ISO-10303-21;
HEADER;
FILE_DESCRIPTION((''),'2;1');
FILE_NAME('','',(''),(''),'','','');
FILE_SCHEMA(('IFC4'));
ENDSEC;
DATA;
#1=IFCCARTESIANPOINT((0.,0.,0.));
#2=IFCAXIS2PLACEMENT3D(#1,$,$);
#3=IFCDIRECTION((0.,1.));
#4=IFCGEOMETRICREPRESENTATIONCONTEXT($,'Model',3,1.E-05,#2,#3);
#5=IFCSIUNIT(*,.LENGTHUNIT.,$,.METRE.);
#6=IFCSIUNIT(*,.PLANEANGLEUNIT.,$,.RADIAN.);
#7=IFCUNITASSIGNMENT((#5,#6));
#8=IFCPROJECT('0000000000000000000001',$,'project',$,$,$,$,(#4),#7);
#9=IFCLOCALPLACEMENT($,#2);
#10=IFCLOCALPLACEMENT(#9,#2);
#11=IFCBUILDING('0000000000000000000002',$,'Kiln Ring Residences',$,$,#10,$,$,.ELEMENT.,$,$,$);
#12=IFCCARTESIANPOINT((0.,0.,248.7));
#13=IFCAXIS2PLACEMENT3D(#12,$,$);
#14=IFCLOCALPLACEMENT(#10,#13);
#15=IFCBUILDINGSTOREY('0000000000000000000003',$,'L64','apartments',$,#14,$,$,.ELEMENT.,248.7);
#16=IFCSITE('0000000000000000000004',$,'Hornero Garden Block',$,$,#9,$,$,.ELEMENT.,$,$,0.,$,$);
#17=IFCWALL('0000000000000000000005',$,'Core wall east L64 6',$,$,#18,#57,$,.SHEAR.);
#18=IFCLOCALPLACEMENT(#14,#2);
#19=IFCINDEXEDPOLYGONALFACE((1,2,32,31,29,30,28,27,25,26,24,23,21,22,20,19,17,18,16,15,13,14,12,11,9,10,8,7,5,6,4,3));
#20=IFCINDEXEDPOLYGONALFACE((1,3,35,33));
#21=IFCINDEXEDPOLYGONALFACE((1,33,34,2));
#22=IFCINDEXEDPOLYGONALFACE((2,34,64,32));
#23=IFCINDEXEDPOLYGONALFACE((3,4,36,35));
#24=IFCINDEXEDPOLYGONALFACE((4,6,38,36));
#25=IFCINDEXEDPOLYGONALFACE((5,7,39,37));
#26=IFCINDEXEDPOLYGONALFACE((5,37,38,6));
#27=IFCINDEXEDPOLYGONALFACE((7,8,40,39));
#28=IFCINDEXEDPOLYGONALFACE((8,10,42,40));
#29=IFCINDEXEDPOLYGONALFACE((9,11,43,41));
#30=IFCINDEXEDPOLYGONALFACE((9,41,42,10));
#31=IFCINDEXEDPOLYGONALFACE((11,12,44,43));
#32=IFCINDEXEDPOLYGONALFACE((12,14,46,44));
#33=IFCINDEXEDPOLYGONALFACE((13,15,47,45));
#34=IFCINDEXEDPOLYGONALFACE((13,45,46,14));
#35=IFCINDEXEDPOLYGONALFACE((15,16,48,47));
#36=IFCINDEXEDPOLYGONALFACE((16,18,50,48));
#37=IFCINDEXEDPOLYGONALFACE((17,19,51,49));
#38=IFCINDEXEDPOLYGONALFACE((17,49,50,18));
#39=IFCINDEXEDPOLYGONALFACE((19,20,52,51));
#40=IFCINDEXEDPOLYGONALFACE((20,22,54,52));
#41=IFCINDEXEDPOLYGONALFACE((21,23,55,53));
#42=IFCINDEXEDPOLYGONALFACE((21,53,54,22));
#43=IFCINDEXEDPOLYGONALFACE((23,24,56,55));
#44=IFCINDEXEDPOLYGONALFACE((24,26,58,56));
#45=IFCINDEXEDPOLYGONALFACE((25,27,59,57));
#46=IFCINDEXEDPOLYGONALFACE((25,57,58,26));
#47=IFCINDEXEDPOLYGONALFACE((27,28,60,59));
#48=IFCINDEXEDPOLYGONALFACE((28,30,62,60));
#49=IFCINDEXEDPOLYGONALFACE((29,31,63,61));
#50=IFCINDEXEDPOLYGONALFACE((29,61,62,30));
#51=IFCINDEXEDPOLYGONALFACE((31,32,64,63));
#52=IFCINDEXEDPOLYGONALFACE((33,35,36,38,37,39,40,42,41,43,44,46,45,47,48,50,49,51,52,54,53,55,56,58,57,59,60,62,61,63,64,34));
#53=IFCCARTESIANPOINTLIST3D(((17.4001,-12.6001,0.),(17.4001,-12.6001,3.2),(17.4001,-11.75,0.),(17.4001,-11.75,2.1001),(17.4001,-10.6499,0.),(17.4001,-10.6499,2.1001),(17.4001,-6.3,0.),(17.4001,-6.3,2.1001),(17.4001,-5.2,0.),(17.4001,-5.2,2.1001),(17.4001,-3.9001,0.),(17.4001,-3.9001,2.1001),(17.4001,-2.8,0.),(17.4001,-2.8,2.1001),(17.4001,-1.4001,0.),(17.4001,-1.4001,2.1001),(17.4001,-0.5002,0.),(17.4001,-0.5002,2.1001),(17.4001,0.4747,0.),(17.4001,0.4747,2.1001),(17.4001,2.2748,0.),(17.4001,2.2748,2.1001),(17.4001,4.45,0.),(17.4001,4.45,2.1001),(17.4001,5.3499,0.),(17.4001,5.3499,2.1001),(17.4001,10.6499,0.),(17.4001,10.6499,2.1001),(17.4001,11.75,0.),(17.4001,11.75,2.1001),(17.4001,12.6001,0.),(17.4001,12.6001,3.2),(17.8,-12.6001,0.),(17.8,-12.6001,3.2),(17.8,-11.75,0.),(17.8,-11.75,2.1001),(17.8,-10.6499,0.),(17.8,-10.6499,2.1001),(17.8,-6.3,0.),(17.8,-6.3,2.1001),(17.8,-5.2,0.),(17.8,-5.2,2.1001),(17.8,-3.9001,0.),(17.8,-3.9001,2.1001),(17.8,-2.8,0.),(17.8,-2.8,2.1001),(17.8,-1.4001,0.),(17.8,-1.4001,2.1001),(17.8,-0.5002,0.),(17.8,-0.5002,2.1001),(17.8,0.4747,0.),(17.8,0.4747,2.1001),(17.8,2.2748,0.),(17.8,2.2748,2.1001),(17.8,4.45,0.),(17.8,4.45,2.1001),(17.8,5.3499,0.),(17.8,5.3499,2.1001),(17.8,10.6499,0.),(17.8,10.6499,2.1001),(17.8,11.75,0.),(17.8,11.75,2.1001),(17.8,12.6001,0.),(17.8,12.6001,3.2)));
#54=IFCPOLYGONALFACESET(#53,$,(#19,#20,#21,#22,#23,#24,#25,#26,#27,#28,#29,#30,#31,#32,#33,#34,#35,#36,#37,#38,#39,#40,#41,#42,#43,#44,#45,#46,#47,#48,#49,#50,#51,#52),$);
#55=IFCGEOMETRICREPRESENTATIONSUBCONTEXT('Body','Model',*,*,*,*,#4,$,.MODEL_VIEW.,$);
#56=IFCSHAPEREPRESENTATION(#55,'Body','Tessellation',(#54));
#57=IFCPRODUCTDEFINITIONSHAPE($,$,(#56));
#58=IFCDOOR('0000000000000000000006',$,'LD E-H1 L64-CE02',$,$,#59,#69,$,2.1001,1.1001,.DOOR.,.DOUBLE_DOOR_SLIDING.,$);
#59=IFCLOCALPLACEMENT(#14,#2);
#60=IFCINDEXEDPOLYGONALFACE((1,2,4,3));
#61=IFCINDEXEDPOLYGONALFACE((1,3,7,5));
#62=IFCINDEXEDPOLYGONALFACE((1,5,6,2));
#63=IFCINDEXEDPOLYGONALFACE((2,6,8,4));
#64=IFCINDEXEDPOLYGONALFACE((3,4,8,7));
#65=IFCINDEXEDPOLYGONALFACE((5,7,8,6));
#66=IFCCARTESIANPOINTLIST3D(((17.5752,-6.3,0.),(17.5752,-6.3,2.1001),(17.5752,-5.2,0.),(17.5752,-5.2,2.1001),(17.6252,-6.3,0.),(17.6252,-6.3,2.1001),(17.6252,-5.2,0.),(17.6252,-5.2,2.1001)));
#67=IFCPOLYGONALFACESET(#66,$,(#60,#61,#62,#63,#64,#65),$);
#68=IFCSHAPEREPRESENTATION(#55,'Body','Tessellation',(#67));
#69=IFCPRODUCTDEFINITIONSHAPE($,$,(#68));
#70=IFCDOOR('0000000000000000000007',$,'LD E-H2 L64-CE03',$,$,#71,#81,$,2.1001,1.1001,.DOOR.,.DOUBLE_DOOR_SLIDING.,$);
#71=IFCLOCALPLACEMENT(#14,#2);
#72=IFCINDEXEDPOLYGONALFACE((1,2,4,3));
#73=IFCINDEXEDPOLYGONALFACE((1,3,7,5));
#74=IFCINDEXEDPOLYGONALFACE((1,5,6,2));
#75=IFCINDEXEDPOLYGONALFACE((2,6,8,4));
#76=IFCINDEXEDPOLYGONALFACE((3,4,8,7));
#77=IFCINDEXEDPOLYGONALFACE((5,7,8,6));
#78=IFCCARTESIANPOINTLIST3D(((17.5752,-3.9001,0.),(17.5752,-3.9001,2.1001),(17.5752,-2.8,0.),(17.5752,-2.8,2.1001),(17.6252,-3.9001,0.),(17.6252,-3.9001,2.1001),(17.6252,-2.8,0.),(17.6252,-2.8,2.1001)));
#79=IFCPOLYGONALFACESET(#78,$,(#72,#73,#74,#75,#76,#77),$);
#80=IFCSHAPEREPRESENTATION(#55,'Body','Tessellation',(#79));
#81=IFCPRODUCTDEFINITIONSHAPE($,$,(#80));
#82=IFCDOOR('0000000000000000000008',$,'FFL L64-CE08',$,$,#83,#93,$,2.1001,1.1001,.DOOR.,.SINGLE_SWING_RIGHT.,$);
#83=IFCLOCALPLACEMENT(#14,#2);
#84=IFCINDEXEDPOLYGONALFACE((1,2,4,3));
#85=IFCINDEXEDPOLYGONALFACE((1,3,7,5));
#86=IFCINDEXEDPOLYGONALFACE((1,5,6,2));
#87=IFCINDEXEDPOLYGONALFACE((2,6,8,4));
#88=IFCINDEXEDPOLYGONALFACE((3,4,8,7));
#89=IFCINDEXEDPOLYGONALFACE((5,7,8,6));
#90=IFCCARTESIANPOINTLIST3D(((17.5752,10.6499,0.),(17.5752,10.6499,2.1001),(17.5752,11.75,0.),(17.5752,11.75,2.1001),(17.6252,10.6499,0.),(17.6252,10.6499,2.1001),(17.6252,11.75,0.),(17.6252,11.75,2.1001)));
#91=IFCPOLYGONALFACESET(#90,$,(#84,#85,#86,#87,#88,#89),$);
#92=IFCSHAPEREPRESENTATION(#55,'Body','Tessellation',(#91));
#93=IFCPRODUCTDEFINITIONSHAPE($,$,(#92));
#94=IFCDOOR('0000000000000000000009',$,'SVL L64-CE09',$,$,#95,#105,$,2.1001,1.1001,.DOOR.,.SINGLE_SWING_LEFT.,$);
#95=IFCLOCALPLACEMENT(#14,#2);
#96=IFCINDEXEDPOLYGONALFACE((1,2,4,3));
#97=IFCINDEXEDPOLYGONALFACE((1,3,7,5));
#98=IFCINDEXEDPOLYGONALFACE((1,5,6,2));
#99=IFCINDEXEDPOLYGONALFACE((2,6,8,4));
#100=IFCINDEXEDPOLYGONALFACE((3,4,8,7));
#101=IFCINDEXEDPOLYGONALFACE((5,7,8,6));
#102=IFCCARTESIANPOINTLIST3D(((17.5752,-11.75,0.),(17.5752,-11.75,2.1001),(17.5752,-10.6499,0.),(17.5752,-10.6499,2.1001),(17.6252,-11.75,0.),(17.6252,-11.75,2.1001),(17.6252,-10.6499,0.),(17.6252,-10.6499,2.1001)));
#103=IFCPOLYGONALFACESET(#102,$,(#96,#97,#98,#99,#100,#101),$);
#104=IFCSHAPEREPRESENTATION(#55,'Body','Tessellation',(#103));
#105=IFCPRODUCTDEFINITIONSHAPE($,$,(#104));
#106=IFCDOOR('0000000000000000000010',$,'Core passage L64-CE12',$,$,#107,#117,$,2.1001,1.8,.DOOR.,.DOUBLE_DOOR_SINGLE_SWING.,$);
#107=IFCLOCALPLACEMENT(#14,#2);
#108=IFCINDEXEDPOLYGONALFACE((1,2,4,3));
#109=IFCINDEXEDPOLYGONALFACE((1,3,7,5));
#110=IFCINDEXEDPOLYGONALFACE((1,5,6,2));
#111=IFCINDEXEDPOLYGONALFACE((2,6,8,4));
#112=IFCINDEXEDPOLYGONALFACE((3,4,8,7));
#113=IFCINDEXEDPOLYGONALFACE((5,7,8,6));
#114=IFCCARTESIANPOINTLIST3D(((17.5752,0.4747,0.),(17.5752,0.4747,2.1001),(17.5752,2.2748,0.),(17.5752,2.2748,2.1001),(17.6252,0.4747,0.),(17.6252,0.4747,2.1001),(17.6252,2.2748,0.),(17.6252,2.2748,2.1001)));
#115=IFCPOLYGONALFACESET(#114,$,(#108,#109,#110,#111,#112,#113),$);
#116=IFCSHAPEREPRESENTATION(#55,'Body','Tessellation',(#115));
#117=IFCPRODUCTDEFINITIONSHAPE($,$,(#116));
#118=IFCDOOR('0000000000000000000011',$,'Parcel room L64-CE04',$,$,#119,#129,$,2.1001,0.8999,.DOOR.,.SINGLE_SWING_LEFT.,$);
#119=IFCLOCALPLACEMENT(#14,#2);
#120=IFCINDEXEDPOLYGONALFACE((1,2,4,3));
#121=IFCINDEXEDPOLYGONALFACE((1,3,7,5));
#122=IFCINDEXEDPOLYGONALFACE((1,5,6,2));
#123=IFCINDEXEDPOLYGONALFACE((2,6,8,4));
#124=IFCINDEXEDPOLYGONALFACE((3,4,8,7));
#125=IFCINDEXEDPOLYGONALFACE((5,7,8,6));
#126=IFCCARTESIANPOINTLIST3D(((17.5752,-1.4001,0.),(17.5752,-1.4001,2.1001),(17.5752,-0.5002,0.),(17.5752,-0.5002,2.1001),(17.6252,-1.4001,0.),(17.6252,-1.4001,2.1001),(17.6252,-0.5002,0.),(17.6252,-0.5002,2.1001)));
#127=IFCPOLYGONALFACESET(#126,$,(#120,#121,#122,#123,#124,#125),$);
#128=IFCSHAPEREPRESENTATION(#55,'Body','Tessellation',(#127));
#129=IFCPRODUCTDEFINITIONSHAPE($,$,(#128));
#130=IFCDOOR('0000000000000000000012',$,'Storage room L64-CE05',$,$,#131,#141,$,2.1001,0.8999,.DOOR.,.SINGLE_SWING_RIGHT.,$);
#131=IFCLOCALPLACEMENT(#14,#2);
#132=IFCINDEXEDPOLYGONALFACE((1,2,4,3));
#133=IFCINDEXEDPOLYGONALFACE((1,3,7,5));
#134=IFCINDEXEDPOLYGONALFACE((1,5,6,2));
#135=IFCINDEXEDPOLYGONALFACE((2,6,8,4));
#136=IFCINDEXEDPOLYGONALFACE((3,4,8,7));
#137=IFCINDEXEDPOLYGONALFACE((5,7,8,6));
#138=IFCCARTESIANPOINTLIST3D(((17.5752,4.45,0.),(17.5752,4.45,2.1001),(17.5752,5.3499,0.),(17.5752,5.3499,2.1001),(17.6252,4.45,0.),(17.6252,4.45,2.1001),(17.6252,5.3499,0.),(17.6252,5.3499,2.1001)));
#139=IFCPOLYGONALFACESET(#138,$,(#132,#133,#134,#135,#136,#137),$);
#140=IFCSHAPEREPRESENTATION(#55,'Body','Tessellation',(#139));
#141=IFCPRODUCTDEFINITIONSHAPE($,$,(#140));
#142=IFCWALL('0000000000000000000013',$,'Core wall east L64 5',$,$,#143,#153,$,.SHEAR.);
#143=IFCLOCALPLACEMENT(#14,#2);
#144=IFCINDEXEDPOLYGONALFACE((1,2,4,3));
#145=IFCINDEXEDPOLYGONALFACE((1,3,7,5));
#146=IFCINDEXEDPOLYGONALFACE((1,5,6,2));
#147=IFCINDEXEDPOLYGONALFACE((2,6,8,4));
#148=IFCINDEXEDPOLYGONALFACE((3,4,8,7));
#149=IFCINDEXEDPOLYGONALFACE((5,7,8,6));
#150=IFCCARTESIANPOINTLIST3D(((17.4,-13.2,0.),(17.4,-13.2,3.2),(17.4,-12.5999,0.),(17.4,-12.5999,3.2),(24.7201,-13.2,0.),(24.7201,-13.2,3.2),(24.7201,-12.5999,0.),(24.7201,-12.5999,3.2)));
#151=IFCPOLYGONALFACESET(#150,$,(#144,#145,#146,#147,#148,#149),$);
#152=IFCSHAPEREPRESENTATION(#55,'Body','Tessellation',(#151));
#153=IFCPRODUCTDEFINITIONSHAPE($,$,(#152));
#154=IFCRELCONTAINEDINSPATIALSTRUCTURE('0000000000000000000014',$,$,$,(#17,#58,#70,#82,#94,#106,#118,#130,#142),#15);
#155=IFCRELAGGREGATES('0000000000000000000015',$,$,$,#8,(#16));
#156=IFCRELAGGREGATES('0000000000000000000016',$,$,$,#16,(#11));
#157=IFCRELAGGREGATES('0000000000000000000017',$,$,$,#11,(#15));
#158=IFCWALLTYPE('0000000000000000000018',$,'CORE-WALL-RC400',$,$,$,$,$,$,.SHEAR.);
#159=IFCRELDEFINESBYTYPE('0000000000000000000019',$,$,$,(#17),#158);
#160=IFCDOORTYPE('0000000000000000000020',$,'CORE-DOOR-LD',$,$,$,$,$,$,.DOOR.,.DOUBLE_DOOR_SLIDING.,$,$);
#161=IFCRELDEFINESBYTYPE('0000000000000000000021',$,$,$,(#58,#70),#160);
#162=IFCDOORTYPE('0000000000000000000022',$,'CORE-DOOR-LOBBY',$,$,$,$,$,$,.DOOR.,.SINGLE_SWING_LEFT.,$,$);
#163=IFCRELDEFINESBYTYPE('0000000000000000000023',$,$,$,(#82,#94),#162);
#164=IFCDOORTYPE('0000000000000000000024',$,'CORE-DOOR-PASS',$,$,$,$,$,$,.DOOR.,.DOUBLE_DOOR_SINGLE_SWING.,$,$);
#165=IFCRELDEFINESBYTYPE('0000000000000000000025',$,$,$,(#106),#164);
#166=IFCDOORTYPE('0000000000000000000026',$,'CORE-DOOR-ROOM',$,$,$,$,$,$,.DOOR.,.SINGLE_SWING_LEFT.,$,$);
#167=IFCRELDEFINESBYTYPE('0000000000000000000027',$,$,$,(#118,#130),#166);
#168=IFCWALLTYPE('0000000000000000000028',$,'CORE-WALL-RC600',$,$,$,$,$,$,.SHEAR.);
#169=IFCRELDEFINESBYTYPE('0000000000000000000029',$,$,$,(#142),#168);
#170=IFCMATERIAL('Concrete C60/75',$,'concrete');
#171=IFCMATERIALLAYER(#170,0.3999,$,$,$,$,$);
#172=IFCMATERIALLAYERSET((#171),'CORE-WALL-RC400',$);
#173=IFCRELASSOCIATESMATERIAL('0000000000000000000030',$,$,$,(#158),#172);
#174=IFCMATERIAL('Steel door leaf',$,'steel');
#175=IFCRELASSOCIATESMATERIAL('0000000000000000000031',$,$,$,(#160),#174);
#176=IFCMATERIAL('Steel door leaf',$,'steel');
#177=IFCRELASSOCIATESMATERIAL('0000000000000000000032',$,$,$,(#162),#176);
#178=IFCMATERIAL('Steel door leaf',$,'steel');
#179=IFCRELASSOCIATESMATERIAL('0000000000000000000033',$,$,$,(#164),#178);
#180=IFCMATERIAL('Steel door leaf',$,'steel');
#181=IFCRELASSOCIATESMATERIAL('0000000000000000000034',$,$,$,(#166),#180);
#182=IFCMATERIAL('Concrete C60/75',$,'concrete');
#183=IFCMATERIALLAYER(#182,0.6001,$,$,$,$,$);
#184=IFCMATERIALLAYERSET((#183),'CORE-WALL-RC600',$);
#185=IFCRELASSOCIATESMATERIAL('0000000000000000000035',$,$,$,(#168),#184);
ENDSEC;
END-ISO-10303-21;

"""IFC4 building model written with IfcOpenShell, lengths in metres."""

from ifc_helpers import new_model, si_unit, direction, frame, frame_2d, origin, place, context, subcontext, project, spatial, rectangle, extrude, material, layer, layer_set, type_object, element, fill, save


model = new_model("IFC4")

# Units and contexts
model_context = context("Model", 3, precision=1e-05, world=origin(), true_north=direction((0.0, 1.0)))
body_context = subcontext(model_context, "Body", "Model", "MODEL_VIEW")
ifc_project = project(units=[si_unit("LENGTHUNIT", "METRE"), si_unit("PLANEANGLEUNIT", "RADIAN")], contexts=[model_context])

# Site, building, storey
site_placement = place(None, origin())
site = spatial("IfcSite", under=ifc_project, at=site_placement, Name="Hornero Garden Block", CompositionType="ELEMENT", RefElevation=0.0)
building_placement = place(site_placement, origin())
building = spatial("IfcBuilding", under=site, at=building_placement, Name="Kiln Ring Residences", CompositionType="ELEMENT")
storey_placement = place(building_placement, frame((0.0, 0.0, 248.7)))
storey = spatial("IfcBuildingStorey", under=building, at=storey_placement, Name="L64", Description="apartments", CompositionType="ELEMENT", Elevation=248.7)

# Wall, openings, doors
ifc_material_1 = material(Name="Concrete C60/75", Category="concrete")
ifc_layer_1 = layer(ifc_material_1, 0.3999)
ifc_layer_set_1 = layer_set([ifc_layer_1], Name="CORE-WALL-RC400")
wall_type_1 = type_object("IfcWallType", Name="CORE-WALL-RC400", PredefinedType="SHEAR", material=ifc_layer_set_1)
wall_1_placement = place(storey_placement, frame((17.6001, -12.6001, 0.0), z_axis=(0.0, 0.0, 1.0), x_axis=(0.0, 1.0, 0.0)))
wall_1 = element("IfcWall", 1, at=wall_1_placement, inside=storey, type_object=wall_type_1, Name="Core wall east L64 6", PredefinedType="SHEAR", context=body_context, shape_type="SweptSolid", body=[
    extrude(rectangle(XDim=25.2002, YDim=0.3999, at=frame_2d((12.6001, 0.0))), origin(), (0.0, 0.0, 1.0), 3.2),
])
opening_1_placement = place(wall_1_placement, frame((6.3, 0.0, 0.0)))
opening_1 = element("IfcOpeningElement", 2, at=opening_1_placement, cuts=wall_1, PredefinedType="OPENING", context=body_context, shape_type="SweptSolid", body=[
    extrude(rectangle(XDim=1.1001, YDim=2.1001, at=frame_2d((0.55, 1.05))), frame((0.0, 0.21, 0.0), z_axis=(0.0, -1.0, 0.0), x_axis=(1.0, 0.0, 0.0)), (0.0, 0.0, 1.0), 0.4199),
])
opening_2_placement = place(wall_1_placement, frame((8.7, 0.0, 0.0)))
opening_2 = element("IfcOpeningElement", 3, at=opening_2_placement, cuts=wall_1, PredefinedType="OPENING", context=body_context, shape_type="SweptSolid", body=[
    extrude(rectangle(XDim=1.1001, YDim=2.1001, at=frame_2d((0.55, 1.05))), frame((0.0, 0.21, 0.0), z_axis=(0.0, -1.0, 0.0), x_axis=(1.0, 0.0, 0.0)), (0.0, 0.0, 1.0), 0.4199),
])
opening_3_placement = place(wall_1_placement, frame((11.2, 0.0, 0.0)))
opening_3 = element("IfcOpeningElement", 4, at=opening_3_placement, cuts=wall_1, PredefinedType="OPENING", context=body_context, shape_type="SweptSolid", body=[
    extrude(rectangle(XDim=0.8999, YDim=2.1001, at=frame_2d((0.45, 1.05))), frame((0.0, 0.21, 0.0), z_axis=(0.0, -1.0, 0.0), x_axis=(1.0, 0.0, 0.0)), (0.0, 0.0, 1.0), 0.4199),
])
opening_4_placement = place(wall_1_placement, frame((17.05, 0.0, 0.0)))
opening_4 = element("IfcOpeningElement", 5, at=opening_4_placement, cuts=wall_1, PredefinedType="OPENING", context=body_context, shape_type="SweptSolid", body=[
    extrude(rectangle(XDim=0.8999, YDim=2.1001, at=frame_2d((0.45, 1.05))), frame((0.0, 0.21, 0.0), z_axis=(0.0, -1.0, 0.0), x_axis=(1.0, 0.0, 0.0)), (0.0, 0.0, 1.0), 0.4199),
])
opening_5_placement = place(wall_1_placement, frame((23.25, 0.0, 0.0)))
opening_5 = element("IfcOpeningElement", 6, at=opening_5_placement, cuts=wall_1, PredefinedType="OPENING", context=body_context, shape_type="SweptSolid", body=[
    extrude(rectangle(XDim=1.1001, YDim=2.1001, at=frame_2d((0.55, 1.05))), frame((0.0, 0.21, 0.0), z_axis=(0.0, -1.0, 0.0), x_axis=(1.0, 0.0, 0.0)), (0.0, 0.0, 1.0), 0.4199),
])
opening_6_placement = place(wall_1_placement, frame((0.8501, 0.0, 0.0)))
opening_6 = element("IfcOpeningElement", 7, at=opening_6_placement, cuts=wall_1, PredefinedType="OPENING", context=body_context, shape_type="SweptSolid", body=[
    extrude(rectangle(XDim=1.1001, YDim=2.1001, at=frame_2d((0.55, 1.05))), frame((0.0, 0.21, 0.0), z_axis=(0.0, -1.0, 0.0), x_axis=(1.0, 0.0, 0.0)), (0.0, 0.0, 1.0), 0.4199),
])
opening_7_placement = place(wall_1_placement, frame((13.075, 0.0, 0.0)))
opening_7 = element("IfcOpeningElement", 8, at=opening_7_placement, cuts=wall_1, PredefinedType="OPENING", context=body_context, shape_type="SweptSolid", body=[
    extrude(rectangle(XDim=1.8, YDim=2.1001, at=frame_2d((0.8999, 1.05))), frame((0.0, 0.21, 0.0), z_axis=(0.0, -1.0, 0.0), x_axis=(1.0, 0.0, 0.0)), (0.0, 0.0, 1.0), 0.4199),
])
ifc_material_2 = material(Name="Steel door leaf", Category="steel")
door_type_1 = type_object("IfcDoorType", Name="CORE-DOOR-LD", OperationType="DOUBLE_DOOR_SLIDING", PredefinedType="DOOR", material=ifc_material_2)
door_1_placement = place(opening_1_placement, origin())
door_1 = element("IfcDoor", 9, at=door_1_placement, inside=storey, type_object=door_type_1, Name="LD E-H1 L64-CE02", OperationType="DOUBLE_DOOR_SLIDING", OverallHeight=2.1001, OverallWidth=1.1001, PredefinedType="DOOR", context=body_context, shape_type="SweptSolid", body=[
    extrude(rectangle(XDim=1.1001, YDim=2.1001, at=frame_2d((0.55, 1.05))), frame((0.0, 0.0249, 0.0), z_axis=(0.0, -1.0, 0.0), x_axis=(1.0, 0.0, 0.0)), (0.0, 0.0, 1.0), 0.05),
])
fill(opening_1, door_1)
door_2_placement = place(opening_2_placement, origin())
door_2 = element("IfcDoor", 10, at=door_2_placement, inside=storey, type_object=door_type_1, Name="LD E-H2 L64-CE03", OperationType="DOUBLE_DOOR_SLIDING", OverallHeight=2.1001, OverallWidth=1.1001, PredefinedType="DOOR", context=body_context, shape_type="SweptSolid", body=[
    extrude(rectangle(XDim=1.1001, YDim=2.1001, at=frame_2d((0.55, 1.05))), frame((0.0, 0.0249, 0.0), z_axis=(0.0, -1.0, 0.0), x_axis=(1.0, 0.0, 0.0)), (0.0, 0.0, 1.0), 0.05),
])
fill(opening_2, door_2)
ifc_material_3 = material(Name="Steel door leaf", Category="steel")
door_type_2 = type_object("IfcDoorType", Name="CORE-DOOR-LOBBY", OperationType="SINGLE_SWING_LEFT", PredefinedType="DOOR", material=ifc_material_3)
door_3_placement = place(opening_5_placement, origin())
door_3 = element("IfcDoor", 11, at=door_3_placement, inside=storey, type_object=door_type_2, Name="FFL L64-CE08", OperationType="SINGLE_SWING_RIGHT", OverallHeight=2.1001, OverallWidth=1.1001, PredefinedType="DOOR", context=body_context, shape_type="SweptSolid", body=[
    extrude(rectangle(XDim=1.1001, YDim=2.1001, at=frame_2d((0.55, 1.05))), frame((0.0, 0.0249, 0.0), z_axis=(0.0, -1.0, 0.0), x_axis=(1.0, 0.0, 0.0)), (0.0, 0.0, 1.0), 0.05),
])
fill(opening_5, door_3)
door_4_placement = place(opening_6_placement, origin())
door_4 = element("IfcDoor", 12, at=door_4_placement, inside=storey, type_object=door_type_2, Name="SVL L64-CE09", OperationType="SINGLE_SWING_LEFT", OverallHeight=2.1001, OverallWidth=1.1001, PredefinedType="DOOR", context=body_context, shape_type="SweptSolid", body=[
    extrude(rectangle(XDim=1.1001, YDim=2.1001, at=frame_2d((0.55, 1.05))), frame((0.0, 0.0249, 0.0), z_axis=(0.0, -1.0, 0.0), x_axis=(1.0, 0.0, 0.0)), (0.0, 0.0, 1.0), 0.05),
])
fill(opening_6, door_4)
ifc_material_4 = material(Name="Steel door leaf", Category="steel")
door_type_3 = type_object("IfcDoorType", Name="CORE-DOOR-PASS", OperationType="DOUBLE_DOOR_SINGLE_SWING", PredefinedType="DOOR", material=ifc_material_4)
door_5_placement = place(opening_7_placement, origin())
door_5 = element("IfcDoor", 13, at=door_5_placement, inside=storey, type_object=door_type_3, Name="Core passage L64-CE12", OperationType="DOUBLE_DOOR_SINGLE_SWING", OverallHeight=2.1001, OverallWidth=1.8, PredefinedType="DOOR", context=body_context, shape_type="SweptSolid", body=[
    extrude(rectangle(XDim=1.8, YDim=2.1001, at=frame_2d((0.8999, 1.05))), frame((0.0, 0.0249, 0.0), z_axis=(0.0, -1.0, 0.0), x_axis=(1.0, 0.0, 0.0)), (0.0, 0.0, 1.0), 0.05),
])
fill(opening_7, door_5)
ifc_material_5 = material(Name="Steel door leaf", Category="steel")
door_type_4 = type_object("IfcDoorType", Name="CORE-DOOR-ROOM", OperationType="SINGLE_SWING_LEFT", PredefinedType="DOOR", material=ifc_material_5)
door_6_placement = place(opening_3_placement, origin())
door_6 = element("IfcDoor", 14, at=door_6_placement, inside=storey, type_object=door_type_4, Name="Parcel room L64-CE04", OperationType="SINGLE_SWING_LEFT", OverallHeight=2.1001, OverallWidth=0.8999, PredefinedType="DOOR", context=body_context, shape_type="SweptSolid", body=[
    extrude(rectangle(XDim=0.8999, YDim=2.1001, at=frame_2d((0.45, 1.05))), frame((0.0, 0.0249, 0.0), z_axis=(0.0, -1.0, 0.0), x_axis=(1.0, 0.0, 0.0)), (0.0, 0.0, 1.0), 0.05),
])
fill(opening_3, door_6)
door_7_placement = place(opening_4_placement, origin())
door_7 = element("IfcDoor", 15, at=door_7_placement, inside=storey, type_object=door_type_4, Name="Storage room L64-CE05", OperationType="SINGLE_SWING_RIGHT", OverallHeight=2.1001, OverallWidth=0.8999, PredefinedType="DOOR", context=body_context, shape_type="SweptSolid", body=[
    extrude(rectangle(XDim=0.8999, YDim=2.1001, at=frame_2d((0.45, 1.05))), frame((0.0, 0.0249, 0.0), z_axis=(0.0, -1.0, 0.0), x_axis=(1.0, 0.0, 0.0)), (0.0, 0.0, 1.0), 0.05),
])
fill(opening_4, door_7)

# Wall
ifc_material_6 = material(Name="Concrete C60/75", Category="concrete")
ifc_layer_2 = layer(ifc_material_6, 0.6001)
ifc_layer_set_2 = layer_set([ifc_layer_2], Name="CORE-WALL-RC600")
wall_type_2 = type_object("IfcWallType", Name="CORE-WALL-RC600", PredefinedType="SHEAR", material=ifc_layer_set_2)
wall_2_placement = place(storey_placement, frame((17.3999, -12.8999, 0.0), z_axis=(0.0, 0.0, 1.0), x_axis=(1.0, 0.0, 0.0)))
element("IfcWall", 16, at=wall_2_placement, inside=storey, type_object=wall_type_2, Name="Core wall east L64 5", PredefinedType="SHEAR", context=body_context, shape_type="SweptSolid", body=[
    extrude(rectangle(XDim=7.3201, YDim=0.6001, at=frame_2d((3.6602, 0.0))), origin(), (0.0, 0.0, 1.0), 3.2),
])

save(model, "model.ifc")
